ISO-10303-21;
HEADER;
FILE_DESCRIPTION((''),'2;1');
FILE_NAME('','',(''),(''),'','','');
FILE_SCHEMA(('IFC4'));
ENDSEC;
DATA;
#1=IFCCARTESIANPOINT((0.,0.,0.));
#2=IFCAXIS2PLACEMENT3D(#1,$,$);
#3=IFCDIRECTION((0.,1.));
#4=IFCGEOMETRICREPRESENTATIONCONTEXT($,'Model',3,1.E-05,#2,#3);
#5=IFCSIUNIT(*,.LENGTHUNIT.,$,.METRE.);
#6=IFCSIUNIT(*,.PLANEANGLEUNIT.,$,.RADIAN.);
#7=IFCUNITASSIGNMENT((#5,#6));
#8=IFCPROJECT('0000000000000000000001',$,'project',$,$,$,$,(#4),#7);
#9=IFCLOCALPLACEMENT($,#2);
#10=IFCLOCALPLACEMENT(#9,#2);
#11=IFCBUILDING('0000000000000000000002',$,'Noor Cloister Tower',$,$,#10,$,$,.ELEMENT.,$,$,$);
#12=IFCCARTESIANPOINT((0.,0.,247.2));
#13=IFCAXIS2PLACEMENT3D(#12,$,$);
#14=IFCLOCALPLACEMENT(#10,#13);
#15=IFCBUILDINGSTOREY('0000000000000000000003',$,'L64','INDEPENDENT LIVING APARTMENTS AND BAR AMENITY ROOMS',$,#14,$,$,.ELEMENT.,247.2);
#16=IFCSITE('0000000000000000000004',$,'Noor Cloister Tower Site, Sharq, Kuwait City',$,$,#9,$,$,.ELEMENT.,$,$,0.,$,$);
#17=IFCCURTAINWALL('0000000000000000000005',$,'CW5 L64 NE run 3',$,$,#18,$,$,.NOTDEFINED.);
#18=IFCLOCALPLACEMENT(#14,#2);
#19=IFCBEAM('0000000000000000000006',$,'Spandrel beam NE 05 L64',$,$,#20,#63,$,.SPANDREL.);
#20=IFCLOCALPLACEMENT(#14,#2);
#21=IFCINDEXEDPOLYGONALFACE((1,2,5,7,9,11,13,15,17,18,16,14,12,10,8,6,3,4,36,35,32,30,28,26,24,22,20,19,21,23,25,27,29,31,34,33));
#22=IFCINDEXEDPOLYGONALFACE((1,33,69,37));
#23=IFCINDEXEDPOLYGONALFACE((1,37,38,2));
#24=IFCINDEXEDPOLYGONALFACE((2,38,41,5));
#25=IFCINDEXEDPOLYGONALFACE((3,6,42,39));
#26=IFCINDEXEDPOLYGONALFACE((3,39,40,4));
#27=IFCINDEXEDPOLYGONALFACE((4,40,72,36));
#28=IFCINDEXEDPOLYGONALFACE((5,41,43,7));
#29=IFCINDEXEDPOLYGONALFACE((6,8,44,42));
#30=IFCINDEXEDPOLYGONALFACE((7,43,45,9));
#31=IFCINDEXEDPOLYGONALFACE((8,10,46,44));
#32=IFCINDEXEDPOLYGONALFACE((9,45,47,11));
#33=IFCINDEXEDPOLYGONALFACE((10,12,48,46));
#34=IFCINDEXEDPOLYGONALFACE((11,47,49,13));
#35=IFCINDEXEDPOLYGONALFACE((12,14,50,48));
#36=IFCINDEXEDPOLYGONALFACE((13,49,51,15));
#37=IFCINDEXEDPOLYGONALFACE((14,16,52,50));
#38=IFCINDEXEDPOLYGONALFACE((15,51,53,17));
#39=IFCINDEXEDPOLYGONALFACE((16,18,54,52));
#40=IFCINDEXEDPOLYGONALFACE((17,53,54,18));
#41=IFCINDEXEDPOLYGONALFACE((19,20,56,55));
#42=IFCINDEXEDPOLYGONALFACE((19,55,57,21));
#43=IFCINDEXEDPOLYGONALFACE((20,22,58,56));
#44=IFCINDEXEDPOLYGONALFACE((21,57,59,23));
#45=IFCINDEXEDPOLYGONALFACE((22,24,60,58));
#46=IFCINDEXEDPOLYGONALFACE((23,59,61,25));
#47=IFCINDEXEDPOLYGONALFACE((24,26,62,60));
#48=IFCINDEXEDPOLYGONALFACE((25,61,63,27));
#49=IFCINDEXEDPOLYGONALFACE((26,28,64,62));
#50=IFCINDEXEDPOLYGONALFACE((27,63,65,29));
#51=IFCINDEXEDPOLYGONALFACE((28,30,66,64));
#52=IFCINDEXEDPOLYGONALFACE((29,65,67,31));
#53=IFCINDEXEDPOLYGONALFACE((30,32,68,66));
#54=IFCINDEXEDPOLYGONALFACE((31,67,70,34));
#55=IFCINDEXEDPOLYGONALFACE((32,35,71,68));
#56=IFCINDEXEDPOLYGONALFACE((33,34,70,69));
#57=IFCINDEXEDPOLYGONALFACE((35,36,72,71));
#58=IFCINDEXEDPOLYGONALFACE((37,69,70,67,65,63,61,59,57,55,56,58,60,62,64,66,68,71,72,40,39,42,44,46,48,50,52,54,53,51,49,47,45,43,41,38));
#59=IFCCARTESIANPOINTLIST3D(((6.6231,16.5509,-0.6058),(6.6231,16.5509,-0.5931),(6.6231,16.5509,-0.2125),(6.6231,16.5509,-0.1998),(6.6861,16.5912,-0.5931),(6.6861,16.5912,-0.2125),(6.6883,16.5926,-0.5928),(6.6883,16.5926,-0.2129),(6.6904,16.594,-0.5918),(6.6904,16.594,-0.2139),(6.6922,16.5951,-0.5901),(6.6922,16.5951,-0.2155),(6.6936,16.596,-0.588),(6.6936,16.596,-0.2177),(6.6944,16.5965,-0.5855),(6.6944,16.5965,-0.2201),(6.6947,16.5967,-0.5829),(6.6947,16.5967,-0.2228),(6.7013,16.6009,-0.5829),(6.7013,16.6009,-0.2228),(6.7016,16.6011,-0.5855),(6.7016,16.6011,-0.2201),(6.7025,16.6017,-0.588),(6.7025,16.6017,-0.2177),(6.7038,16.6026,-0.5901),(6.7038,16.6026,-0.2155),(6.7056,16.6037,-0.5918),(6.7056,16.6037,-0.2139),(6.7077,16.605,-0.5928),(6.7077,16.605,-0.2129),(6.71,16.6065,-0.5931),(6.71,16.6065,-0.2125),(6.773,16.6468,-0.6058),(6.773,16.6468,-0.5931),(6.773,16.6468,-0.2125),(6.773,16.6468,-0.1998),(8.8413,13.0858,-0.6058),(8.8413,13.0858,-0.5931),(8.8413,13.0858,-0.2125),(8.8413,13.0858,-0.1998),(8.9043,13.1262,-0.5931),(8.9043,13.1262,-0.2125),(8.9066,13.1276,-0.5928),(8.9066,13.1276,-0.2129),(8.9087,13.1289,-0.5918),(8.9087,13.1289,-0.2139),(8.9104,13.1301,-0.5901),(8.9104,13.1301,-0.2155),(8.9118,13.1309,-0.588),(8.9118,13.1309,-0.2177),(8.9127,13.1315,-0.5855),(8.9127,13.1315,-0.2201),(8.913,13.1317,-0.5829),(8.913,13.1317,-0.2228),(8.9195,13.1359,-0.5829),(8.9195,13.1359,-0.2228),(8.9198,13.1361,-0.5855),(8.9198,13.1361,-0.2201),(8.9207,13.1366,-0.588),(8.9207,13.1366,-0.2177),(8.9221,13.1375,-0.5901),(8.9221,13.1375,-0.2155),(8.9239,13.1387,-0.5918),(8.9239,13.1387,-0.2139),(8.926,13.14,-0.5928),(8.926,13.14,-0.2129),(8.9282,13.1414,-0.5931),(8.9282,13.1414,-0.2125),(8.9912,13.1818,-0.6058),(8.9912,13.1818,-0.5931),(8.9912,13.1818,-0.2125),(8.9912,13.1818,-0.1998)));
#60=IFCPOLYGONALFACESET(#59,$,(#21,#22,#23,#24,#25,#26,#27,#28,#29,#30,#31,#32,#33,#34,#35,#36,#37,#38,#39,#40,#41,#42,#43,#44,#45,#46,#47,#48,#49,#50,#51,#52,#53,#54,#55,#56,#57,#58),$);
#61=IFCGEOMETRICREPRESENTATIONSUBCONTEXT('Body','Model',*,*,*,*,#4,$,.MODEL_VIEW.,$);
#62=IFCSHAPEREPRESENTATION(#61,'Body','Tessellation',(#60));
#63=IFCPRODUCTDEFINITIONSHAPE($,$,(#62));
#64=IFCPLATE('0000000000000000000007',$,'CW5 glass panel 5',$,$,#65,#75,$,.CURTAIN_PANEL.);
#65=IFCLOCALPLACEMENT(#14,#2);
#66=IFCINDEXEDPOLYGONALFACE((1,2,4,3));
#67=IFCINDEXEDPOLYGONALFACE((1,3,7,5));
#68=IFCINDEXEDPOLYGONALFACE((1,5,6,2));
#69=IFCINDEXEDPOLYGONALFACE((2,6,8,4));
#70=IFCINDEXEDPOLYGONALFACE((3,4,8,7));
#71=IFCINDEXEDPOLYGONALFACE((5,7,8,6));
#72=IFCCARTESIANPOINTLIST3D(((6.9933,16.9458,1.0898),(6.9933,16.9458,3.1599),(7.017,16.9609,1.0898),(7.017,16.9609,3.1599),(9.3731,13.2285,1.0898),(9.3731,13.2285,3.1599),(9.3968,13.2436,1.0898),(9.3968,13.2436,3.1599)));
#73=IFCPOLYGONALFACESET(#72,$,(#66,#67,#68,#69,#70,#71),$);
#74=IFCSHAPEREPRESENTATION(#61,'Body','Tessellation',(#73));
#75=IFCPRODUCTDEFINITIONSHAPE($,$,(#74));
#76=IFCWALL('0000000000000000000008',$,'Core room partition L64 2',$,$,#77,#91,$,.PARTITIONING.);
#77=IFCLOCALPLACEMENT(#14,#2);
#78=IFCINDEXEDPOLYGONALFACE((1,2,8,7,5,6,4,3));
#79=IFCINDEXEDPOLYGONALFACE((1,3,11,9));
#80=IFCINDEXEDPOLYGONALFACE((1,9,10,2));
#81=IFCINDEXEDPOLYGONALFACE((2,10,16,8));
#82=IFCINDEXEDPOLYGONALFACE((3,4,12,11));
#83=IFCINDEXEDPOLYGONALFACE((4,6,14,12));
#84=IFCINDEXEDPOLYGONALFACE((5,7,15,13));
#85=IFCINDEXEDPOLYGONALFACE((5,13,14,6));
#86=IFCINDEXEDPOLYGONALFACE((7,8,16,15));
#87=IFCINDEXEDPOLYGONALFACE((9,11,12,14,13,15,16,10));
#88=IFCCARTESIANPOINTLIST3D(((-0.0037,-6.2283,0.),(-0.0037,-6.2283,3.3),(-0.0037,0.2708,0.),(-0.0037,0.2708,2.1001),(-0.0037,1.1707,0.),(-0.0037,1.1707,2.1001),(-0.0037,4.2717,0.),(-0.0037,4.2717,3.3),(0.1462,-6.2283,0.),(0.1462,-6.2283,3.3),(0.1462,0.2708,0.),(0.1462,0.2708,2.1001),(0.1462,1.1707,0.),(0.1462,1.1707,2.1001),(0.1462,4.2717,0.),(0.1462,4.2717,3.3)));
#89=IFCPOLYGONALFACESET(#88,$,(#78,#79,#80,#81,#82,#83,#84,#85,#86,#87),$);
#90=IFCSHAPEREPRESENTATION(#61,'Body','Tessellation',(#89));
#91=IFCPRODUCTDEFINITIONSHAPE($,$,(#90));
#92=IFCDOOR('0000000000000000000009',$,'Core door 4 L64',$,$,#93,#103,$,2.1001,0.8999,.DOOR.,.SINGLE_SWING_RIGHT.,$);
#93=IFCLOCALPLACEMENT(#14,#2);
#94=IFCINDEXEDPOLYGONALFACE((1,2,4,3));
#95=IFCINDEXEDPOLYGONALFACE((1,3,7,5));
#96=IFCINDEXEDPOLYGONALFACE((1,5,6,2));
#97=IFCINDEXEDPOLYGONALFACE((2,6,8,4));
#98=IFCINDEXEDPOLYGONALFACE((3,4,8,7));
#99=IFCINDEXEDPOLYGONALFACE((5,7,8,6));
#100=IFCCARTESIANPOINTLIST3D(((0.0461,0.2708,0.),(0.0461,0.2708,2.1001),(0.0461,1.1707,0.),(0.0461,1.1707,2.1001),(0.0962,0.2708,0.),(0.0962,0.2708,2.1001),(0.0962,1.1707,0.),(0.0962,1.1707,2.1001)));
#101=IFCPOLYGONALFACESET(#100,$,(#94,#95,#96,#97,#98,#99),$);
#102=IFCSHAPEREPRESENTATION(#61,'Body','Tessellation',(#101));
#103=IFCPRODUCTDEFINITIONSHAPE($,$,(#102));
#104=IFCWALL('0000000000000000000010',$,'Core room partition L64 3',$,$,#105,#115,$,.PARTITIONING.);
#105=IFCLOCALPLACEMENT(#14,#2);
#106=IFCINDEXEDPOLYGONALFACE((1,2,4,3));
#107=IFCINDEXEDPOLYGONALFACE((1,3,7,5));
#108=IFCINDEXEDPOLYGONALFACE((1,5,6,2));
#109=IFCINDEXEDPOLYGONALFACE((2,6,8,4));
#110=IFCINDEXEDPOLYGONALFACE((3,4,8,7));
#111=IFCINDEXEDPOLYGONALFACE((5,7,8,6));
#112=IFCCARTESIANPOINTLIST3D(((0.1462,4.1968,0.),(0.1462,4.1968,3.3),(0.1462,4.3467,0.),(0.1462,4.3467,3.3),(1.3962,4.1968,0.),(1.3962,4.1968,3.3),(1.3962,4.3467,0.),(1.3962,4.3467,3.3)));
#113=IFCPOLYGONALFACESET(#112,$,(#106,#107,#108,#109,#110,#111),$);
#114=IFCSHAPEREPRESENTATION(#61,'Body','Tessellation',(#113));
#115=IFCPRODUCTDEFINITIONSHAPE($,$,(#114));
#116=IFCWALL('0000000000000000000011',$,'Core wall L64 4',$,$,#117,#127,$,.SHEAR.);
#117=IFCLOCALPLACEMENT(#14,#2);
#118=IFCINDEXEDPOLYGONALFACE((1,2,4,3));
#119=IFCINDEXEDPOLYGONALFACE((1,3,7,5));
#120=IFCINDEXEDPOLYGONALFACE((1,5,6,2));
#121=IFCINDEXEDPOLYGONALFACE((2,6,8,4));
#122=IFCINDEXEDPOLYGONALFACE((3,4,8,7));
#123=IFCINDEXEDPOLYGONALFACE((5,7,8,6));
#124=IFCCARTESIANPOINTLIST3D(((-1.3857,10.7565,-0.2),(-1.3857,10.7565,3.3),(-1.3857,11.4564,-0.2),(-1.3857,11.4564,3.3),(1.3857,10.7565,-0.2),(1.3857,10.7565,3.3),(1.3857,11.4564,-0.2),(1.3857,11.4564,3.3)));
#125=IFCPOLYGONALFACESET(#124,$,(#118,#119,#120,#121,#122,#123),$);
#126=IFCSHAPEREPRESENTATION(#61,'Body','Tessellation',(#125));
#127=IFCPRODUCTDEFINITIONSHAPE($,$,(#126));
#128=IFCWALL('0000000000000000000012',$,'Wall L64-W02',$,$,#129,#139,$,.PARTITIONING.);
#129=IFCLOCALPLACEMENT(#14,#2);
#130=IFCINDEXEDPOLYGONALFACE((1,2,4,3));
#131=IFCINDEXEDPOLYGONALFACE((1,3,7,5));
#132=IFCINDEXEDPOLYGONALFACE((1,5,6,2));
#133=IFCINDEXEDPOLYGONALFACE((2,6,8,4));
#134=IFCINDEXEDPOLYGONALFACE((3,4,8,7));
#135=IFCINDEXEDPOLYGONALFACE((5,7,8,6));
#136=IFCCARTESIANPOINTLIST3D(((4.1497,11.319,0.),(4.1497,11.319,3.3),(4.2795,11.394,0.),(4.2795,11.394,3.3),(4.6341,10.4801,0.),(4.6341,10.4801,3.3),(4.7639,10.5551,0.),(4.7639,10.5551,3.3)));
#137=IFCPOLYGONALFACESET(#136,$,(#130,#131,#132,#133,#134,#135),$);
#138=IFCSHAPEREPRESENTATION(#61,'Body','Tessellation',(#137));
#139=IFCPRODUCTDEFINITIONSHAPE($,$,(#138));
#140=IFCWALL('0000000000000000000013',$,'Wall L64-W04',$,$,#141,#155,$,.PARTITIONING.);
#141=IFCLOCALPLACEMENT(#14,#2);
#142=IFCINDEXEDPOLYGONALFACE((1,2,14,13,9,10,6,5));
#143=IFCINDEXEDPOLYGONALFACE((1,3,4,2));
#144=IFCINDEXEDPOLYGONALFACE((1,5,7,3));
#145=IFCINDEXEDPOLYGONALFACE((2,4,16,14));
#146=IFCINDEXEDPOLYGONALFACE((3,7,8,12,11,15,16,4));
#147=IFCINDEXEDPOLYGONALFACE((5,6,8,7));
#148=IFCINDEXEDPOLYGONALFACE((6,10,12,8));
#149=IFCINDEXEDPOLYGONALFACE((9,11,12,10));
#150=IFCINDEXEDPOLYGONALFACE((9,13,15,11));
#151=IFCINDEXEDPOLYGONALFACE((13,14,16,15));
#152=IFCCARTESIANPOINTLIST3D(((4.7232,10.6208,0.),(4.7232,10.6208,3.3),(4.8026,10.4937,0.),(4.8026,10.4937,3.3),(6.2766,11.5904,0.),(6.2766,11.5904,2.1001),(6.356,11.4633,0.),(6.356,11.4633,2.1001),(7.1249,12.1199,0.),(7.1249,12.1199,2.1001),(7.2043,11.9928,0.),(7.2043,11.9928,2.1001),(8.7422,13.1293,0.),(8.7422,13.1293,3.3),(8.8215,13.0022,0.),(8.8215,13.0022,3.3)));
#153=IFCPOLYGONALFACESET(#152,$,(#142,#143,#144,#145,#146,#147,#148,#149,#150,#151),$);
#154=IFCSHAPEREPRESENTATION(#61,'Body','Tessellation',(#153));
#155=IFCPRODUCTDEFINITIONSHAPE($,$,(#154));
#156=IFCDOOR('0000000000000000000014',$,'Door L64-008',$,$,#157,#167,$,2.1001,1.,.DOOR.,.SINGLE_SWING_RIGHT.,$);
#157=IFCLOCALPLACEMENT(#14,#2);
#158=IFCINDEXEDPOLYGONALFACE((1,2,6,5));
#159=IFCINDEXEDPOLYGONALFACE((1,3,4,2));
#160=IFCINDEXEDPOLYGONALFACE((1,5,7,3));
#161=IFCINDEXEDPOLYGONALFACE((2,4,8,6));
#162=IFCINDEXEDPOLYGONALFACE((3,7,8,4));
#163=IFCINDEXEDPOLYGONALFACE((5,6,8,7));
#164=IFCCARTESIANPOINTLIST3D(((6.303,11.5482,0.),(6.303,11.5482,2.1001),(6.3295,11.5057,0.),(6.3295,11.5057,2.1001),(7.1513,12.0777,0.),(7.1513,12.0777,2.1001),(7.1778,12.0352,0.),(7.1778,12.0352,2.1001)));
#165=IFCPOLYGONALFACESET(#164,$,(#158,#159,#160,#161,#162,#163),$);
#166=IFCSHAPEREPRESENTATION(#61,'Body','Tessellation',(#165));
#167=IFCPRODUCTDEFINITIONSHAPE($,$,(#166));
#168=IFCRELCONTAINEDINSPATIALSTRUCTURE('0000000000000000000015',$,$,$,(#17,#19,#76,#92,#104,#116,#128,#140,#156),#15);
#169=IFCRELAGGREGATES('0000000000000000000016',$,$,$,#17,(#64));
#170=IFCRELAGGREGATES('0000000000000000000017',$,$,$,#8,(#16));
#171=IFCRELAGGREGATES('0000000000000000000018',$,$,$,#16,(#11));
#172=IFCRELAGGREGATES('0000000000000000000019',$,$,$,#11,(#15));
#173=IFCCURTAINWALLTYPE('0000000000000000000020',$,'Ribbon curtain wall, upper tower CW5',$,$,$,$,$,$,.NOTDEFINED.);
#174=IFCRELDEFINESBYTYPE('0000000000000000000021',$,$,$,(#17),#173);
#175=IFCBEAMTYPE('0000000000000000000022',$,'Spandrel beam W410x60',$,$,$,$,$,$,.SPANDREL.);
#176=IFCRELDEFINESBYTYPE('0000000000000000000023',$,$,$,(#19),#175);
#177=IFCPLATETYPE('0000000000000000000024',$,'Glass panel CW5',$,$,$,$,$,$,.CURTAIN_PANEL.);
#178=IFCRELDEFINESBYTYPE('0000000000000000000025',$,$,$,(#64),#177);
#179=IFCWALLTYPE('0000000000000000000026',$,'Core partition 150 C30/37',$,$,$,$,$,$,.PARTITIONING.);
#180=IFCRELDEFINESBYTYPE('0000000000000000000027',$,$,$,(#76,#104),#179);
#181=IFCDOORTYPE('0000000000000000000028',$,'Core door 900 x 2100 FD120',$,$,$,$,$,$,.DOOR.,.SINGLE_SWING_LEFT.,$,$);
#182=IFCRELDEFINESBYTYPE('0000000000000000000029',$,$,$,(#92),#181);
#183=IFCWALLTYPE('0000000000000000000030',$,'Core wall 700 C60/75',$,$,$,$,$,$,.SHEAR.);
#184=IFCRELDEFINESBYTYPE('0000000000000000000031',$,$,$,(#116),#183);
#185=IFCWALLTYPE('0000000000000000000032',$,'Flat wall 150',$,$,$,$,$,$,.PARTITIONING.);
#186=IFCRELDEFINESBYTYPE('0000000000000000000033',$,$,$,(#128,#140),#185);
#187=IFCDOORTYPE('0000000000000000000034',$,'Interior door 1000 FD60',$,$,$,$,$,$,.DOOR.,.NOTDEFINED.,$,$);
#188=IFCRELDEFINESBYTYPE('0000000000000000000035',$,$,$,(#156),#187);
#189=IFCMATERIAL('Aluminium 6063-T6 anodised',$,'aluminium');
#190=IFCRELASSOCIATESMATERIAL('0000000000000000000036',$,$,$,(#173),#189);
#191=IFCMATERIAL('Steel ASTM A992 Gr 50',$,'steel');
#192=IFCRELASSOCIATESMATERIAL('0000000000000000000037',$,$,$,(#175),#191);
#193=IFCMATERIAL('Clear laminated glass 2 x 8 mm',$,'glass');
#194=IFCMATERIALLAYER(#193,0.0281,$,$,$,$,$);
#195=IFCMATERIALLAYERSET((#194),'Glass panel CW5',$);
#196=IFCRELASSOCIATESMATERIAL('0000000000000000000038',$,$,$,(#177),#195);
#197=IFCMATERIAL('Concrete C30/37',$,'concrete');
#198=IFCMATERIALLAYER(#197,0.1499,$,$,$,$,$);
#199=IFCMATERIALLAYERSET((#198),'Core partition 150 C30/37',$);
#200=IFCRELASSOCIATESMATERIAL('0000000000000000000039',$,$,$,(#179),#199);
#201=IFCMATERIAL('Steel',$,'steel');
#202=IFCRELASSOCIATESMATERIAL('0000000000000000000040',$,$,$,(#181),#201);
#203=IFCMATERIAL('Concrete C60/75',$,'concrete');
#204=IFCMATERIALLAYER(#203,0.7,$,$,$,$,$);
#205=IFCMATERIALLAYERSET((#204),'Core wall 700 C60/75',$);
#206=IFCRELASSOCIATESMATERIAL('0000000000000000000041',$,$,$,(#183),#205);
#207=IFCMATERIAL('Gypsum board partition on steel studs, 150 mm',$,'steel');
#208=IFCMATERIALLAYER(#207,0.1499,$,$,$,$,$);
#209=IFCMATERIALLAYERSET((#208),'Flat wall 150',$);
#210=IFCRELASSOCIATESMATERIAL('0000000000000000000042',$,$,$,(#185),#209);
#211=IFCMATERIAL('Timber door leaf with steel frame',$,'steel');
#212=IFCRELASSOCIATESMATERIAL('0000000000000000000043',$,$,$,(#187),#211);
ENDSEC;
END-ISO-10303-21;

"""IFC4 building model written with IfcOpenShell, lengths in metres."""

from ifc_helpers import new_model, si_unit, direction, frame, frame_2d, origin, origin_2d, place, context, subcontext, project, spatial, rectangle, i_section, extrude, material, layer, layer_set, material_profile, profile_set, type_object, element, fill, aggregate, save


model = new_model("IFC4")

# Units and contexts
model_context = context("Model", 3, precision=1e-05, world=origin(), true_north=direction((0.0, 1.0)))
body_context = subcontext(model_context, "Body", "Model", "MODEL_VIEW")
ifc_project = project(units=[si_unit("LENGTHUNIT", "METRE"), si_unit("PLANEANGLEUNIT", "RADIAN")], contexts=[model_context])

# Site, building, storey
site_placement = place(None, origin())
site = spatial("IfcSite", under=ifc_project, at=site_placement, Name="Noor Cloister Tower Site, Sharq, Kuwait City", CompositionType="ELEMENT", RefElevation=0.0)
building_placement = place(site_placement, origin())
building = spatial("IfcBuilding", under=site, at=building_placement, Name="Noor Cloister Tower", CompositionType="ELEMENT")
storey_placement = place(building_placement, frame((0.0, 0.0, 247.2)))
storey = spatial("IfcBuildingStorey", under=building, at=storey_placement, Name="L64", Description="INDEPENDENT LIVING APARTMENTS AND BAR AMENITY ROOMS", CompositionType="ELEMENT", Elevation=247.2)

# Curtain wall
ifc_material_1 = material(Name="Aluminium 6063-T6 anodised", Category="aluminium")
curtain_wall_type = type_object("IfcCurtainWallType", Name="Ribbon curtain wall, upper tower CW5", PredefinedType="NOTDEFINED", material=ifc_material_1)
curtain_wall_placement = place(storey_placement, origin())
curtain_wall = element("IfcCurtainWall", 1, at=curtain_wall_placement, inside=storey, type_object=curtain_wall_type, Name="CW5 L64 NE run 3", PredefinedType="NOTDEFINED")

# Beam
ifc_material_2 = material(Name="Steel ASTM A992 Gr 50", Category="steel")
ifc_material_profile_1 = material_profile(ifc_material_2, i_section(OverallWidth=0.178, OverallDepth=0.406, WebThickness=0.0078, FlangeThickness=0.0127, FilletRadius=0.0103, at=origin_2d()), Name="W410x60")
ifc_profile_set_1 = profile_set([ifc_material_profile_1], Name="Steel ASTM A992 Gr 50")
beam_type_1 = type_object("IfcBeamType", Name="Spandrel beam W410x60", PredefinedType="SPANDREL", material=ifc_profile_set_1)
beam_1_placement = place(storey_placement, frame((8.9163, 13.1338, -0.4028), z_axis=(-0.539158, 0.842205, 0.0), x_axis=(-0.842205, -0.539158, 0.0)))
element("IfcBeam", 2, at=beam_1_placement, inside=storey, type_object=beam_type_1, Name="Spandrel beam NE 05 L64", PredefinedType="SPANDREL", context=body_context, shape_type="SweptSolid", body=[
    extrude(i_section(OverallWidth=0.178, OverallDepth=0.406, WebThickness=0.0078, FlangeThickness=0.0127, FilletRadius=0.0103, at=origin_2d()), origin(), (0.0, 0.0, 1.0), 4.1143),
])

# Plate
ifc_material_3 = material(Name="Clear laminated glass 2 x 8 mm", Category="glass")
ifc_layer_1 = layer(ifc_material_3, 0.0281)
ifc_layer_set_1 = layer_set([ifc_layer_1], Name="Glass panel CW5")
plate_type = type_object("IfcPlateType", Name="Glass panel CW5", PredefinedType="CURTAIN_PANEL", material=ifc_layer_set_1)
plate_placement = place(storey_placement, frame((8.1951, 15.0947, 1.0898), z_axis=(0.0, 0.0, 1.0), x_axis=(-0.539171, 0.842196, 0.0)))
plate = element("IfcPlate", 3, at=plate_placement, type_object=plate_type, Name="CW5 glass panel 5", PredefinedType="CURTAIN_PANEL", context=body_context, shape_type="SweptSolid", body=[
    extrude(rectangle(XDim=4.4138, YDim=0.0281, at=origin_2d()), origin(), (0.0, 0.0, 1.0), 2.0701),
])
aggregate(curtain_wall, [plate])

# Wall, opening, door
ifc_material_4 = material(Name="Concrete C30/37", Category="concrete")
ifc_layer_2 = layer(ifc_material_4, 0.1499)
ifc_layer_set_2 = layer_set([ifc_layer_2], Name="Core partition 150 C30/37")
wall_type_1 = type_object("IfcWallType", Name="Core partition 150 C30/37", PredefinedType="PARTITIONING", material=ifc_layer_set_2)
wall_1_placement = place(storey_placement, frame((0.0713, 4.2717, 0.0), z_axis=(0.0, 0.0, 1.0), x_axis=(0.0, -1.0, 0.0)))
wall_1 = element("IfcWall", 4, at=wall_1_placement, inside=storey, type_object=wall_type_1, Name="Core room partition L64 2", PredefinedType="PARTITIONING", context=body_context, shape_type="SweptSolid", body=[
    extrude(rectangle(XDim=10.5, YDim=0.1499, at=frame_2d((5.25, 0.0))), origin(), (0.0, 0.0, 1.0), 3.3),
])
opening_1_placement = place(wall_1_placement, frame((3.1011, 0.0, 0.0)))
opening_1 = element("IfcOpeningElement", 5, at=opening_1_placement, cuts=wall_1, PredefinedType="OPENING", context=body_context, shape_type="SweptSolid", body=[
    extrude(rectangle(XDim=0.8999, YDim=2.1001, at=frame_2d((0.45, 1.05))), frame((0.0, 0.085, 0.0), z_axis=(0.0, -1.0, 0.0), x_axis=(1.0, 0.0, 0.0)), (0.0, 0.0, 1.0), 0.1699),
])
ifc_material_5 = material(Name="Steel", Category="steel")
door_type_1 = type_object("IfcDoorType", Name="Core door 900 x 2100 FD120", OperationType="SINGLE_SWING_LEFT", PredefinedType="DOOR", material=ifc_material_5)
door_1_placement = place(opening_1_placement, origin())
door_1 = element("IfcDoor", 6, at=door_1_placement, inside=storey, type_object=door_type_1, Name="Core door 4 L64", OperationType="SINGLE_SWING_RIGHT", OverallHeight=2.1001, OverallWidth=0.8999, PredefinedType="DOOR", context=body_context, shape_type="SweptSolid", body=[
    extrude(rectangle(XDim=0.8999, YDim=2.1001, at=frame_2d((0.45, 1.05))), frame((0.0, 0.0249, 0.0), z_axis=(0.0, -1.0, 0.0), x_axis=(1.0, 0.0, 0.0)), (0.0, 0.0, 1.0), 0.05),
])
fill(opening_1, door_1)

# Walls
wall_2_placement = place(storey_placement, frame((0.1462, 4.2717, 0.0), z_axis=(0.0, 0.0, 1.0), x_axis=(1.0, 0.0, 0.0)))
element("IfcWall", 7, at=wall_2_placement, inside=storey, type_object=wall_type_1, Name="Core room partition L64 3", PredefinedType="PARTITIONING", context=body_context, shape_type="SweptSolid", body=[
    extrude(rectangle(XDim=1.25, YDim=0.1499, at=frame_2d((0.625, 0.0))), origin(), (0.0, 0.0, 1.0), 3.3),
])
ifc_material_6 = material(Name="Concrete C60/75", Category="concrete")
ifc_layer_3 = layer(ifc_material_6, 0.7)
ifc_layer_set_3 = layer_set([ifc_layer_3], Name="Core wall 700 C60/75")
wall_type_2 = type_object("IfcWallType", Name="Core wall 700 C60/75", PredefinedType="SHEAR", material=ifc_layer_set_3)
wall_3_placement = place(storey_placement, frame((1.3857, 11.1064, -0.2), z_axis=(0.0, 0.0, 1.0), x_axis=(-1.0, 0.0, 0.0)))
element("IfcWall", 8, at=wall_3_placement, inside=storey, type_object=wall_type_2, Name="Core wall L64 4", PredefinedType="SHEAR", context=body_context, shape_type="SweptSolid", body=[
    extrude(rectangle(XDim=2.7715, YDim=0.7, at=frame_2d((1.3857, 0.0))), origin(), (0.0, 0.0, 1.0), 3.5),
])
ifc_material_7 = material(Name="Gypsum board partition on steel studs, 150 mm", Category="steel")
ifc_layer_4 = layer(ifc_material_7, 0.1499)
ifc_layer_set_4 = layer_set([ifc_layer_4], Name="Flat wall 150")
wall_type_3 = type_object("IfcWallType", Name="Flat wall 150", PredefinedType="PARTITIONING", material=ifc_layer_set_4)
wall_4_placement = place(storey_placement, frame((4.699, 10.5176, 0.0), z_axis=(0.0, 0.0, 1.0), x_axis=(-0.500042, 0.866001, 0.0)))
element("IfcWall", 9, at=wall_4_placement, inside=storey, type_object=wall_type_3, Name="Wall L64-W02", PredefinedType="PARTITIONING", context=body_context, shape_type="SweptSolid", body=[
    extrude(rectangle(XDim=0.9688, YDim=0.1499, at=frame_2d((0.4844, 0.0))), origin(), (0.0, 0.0, 1.0), 3.3),
])

# Wall, opening, door
wall_5_placement = place(storey_placement, frame((8.7817, 13.0657, 0.0), z_axis=(0.0, 0.0, 1.0), x_axis=(-0.848317, -0.529489, 0.0)))
wall_5 = element("IfcWall", 10, at=wall_5_placement, inside=storey, type_object=wall_type_3, Name="Wall L64-W04", PredefinedType="PARTITIONING", context=body_context, shape_type="SweptSolid", body=[
    extrude(rectangle(XDim=4.7375, YDim=0.1499, at=frame_2d((2.3687, 0.0))), origin(), (0.0, 0.0, 1.0), 3.3),
])
opening_2_placement = place(wall_5_placement, frame((1.9062, 0.0, 0.0)))
opening_2 = element("IfcOpeningElement", 11, at=opening_2_placement, cuts=wall_5, PredefinedType="OPENING", context=body_context, shape_type="SweptSolid", body=[
    extrude(rectangle(XDim=1.0, YDim=2.1001, at=frame_2d((0.5, 1.05))), frame((0.0, 0.085, 0.0), z_axis=(0.0, -1.0, 0.0), x_axis=(1.0, 0.0, 0.0)), (0.0, 0.0, 1.0), 0.1699),
])
ifc_material_8 = material(Name="Timber door leaf with steel frame", Category="steel")
door_type_2 = type_object("IfcDoorType", Name="Interior door 1000 FD60", OperationType="NOTDEFINED", PredefinedType="DOOR", material=ifc_material_8)
door_2_placement = place(opening_2_placement, origin())
door_2 = element("IfcDoor", 12, at=door_2_placement, inside=storey, type_object=door_type_2, Name="Door L64-008", OperationType="SINGLE_SWING_RIGHT", OverallHeight=2.1001, OverallWidth=1.0, PredefinedType="DOOR", context=body_context, shape_type="SweptSolid", body=[
    extrude(rectangle(XDim=1.0, YDim=2.1001, at=frame_2d((0.5, 1.05))), frame((0.0, 0.0249, 0.0), z_axis=(0.0, -1.0, 0.0), x_axis=(1.0, 0.0, 0.0)), (0.0, 0.0, 1.0), 0.05),
])
fill(opening_2, door_2)

save(model, "model.ifc")
